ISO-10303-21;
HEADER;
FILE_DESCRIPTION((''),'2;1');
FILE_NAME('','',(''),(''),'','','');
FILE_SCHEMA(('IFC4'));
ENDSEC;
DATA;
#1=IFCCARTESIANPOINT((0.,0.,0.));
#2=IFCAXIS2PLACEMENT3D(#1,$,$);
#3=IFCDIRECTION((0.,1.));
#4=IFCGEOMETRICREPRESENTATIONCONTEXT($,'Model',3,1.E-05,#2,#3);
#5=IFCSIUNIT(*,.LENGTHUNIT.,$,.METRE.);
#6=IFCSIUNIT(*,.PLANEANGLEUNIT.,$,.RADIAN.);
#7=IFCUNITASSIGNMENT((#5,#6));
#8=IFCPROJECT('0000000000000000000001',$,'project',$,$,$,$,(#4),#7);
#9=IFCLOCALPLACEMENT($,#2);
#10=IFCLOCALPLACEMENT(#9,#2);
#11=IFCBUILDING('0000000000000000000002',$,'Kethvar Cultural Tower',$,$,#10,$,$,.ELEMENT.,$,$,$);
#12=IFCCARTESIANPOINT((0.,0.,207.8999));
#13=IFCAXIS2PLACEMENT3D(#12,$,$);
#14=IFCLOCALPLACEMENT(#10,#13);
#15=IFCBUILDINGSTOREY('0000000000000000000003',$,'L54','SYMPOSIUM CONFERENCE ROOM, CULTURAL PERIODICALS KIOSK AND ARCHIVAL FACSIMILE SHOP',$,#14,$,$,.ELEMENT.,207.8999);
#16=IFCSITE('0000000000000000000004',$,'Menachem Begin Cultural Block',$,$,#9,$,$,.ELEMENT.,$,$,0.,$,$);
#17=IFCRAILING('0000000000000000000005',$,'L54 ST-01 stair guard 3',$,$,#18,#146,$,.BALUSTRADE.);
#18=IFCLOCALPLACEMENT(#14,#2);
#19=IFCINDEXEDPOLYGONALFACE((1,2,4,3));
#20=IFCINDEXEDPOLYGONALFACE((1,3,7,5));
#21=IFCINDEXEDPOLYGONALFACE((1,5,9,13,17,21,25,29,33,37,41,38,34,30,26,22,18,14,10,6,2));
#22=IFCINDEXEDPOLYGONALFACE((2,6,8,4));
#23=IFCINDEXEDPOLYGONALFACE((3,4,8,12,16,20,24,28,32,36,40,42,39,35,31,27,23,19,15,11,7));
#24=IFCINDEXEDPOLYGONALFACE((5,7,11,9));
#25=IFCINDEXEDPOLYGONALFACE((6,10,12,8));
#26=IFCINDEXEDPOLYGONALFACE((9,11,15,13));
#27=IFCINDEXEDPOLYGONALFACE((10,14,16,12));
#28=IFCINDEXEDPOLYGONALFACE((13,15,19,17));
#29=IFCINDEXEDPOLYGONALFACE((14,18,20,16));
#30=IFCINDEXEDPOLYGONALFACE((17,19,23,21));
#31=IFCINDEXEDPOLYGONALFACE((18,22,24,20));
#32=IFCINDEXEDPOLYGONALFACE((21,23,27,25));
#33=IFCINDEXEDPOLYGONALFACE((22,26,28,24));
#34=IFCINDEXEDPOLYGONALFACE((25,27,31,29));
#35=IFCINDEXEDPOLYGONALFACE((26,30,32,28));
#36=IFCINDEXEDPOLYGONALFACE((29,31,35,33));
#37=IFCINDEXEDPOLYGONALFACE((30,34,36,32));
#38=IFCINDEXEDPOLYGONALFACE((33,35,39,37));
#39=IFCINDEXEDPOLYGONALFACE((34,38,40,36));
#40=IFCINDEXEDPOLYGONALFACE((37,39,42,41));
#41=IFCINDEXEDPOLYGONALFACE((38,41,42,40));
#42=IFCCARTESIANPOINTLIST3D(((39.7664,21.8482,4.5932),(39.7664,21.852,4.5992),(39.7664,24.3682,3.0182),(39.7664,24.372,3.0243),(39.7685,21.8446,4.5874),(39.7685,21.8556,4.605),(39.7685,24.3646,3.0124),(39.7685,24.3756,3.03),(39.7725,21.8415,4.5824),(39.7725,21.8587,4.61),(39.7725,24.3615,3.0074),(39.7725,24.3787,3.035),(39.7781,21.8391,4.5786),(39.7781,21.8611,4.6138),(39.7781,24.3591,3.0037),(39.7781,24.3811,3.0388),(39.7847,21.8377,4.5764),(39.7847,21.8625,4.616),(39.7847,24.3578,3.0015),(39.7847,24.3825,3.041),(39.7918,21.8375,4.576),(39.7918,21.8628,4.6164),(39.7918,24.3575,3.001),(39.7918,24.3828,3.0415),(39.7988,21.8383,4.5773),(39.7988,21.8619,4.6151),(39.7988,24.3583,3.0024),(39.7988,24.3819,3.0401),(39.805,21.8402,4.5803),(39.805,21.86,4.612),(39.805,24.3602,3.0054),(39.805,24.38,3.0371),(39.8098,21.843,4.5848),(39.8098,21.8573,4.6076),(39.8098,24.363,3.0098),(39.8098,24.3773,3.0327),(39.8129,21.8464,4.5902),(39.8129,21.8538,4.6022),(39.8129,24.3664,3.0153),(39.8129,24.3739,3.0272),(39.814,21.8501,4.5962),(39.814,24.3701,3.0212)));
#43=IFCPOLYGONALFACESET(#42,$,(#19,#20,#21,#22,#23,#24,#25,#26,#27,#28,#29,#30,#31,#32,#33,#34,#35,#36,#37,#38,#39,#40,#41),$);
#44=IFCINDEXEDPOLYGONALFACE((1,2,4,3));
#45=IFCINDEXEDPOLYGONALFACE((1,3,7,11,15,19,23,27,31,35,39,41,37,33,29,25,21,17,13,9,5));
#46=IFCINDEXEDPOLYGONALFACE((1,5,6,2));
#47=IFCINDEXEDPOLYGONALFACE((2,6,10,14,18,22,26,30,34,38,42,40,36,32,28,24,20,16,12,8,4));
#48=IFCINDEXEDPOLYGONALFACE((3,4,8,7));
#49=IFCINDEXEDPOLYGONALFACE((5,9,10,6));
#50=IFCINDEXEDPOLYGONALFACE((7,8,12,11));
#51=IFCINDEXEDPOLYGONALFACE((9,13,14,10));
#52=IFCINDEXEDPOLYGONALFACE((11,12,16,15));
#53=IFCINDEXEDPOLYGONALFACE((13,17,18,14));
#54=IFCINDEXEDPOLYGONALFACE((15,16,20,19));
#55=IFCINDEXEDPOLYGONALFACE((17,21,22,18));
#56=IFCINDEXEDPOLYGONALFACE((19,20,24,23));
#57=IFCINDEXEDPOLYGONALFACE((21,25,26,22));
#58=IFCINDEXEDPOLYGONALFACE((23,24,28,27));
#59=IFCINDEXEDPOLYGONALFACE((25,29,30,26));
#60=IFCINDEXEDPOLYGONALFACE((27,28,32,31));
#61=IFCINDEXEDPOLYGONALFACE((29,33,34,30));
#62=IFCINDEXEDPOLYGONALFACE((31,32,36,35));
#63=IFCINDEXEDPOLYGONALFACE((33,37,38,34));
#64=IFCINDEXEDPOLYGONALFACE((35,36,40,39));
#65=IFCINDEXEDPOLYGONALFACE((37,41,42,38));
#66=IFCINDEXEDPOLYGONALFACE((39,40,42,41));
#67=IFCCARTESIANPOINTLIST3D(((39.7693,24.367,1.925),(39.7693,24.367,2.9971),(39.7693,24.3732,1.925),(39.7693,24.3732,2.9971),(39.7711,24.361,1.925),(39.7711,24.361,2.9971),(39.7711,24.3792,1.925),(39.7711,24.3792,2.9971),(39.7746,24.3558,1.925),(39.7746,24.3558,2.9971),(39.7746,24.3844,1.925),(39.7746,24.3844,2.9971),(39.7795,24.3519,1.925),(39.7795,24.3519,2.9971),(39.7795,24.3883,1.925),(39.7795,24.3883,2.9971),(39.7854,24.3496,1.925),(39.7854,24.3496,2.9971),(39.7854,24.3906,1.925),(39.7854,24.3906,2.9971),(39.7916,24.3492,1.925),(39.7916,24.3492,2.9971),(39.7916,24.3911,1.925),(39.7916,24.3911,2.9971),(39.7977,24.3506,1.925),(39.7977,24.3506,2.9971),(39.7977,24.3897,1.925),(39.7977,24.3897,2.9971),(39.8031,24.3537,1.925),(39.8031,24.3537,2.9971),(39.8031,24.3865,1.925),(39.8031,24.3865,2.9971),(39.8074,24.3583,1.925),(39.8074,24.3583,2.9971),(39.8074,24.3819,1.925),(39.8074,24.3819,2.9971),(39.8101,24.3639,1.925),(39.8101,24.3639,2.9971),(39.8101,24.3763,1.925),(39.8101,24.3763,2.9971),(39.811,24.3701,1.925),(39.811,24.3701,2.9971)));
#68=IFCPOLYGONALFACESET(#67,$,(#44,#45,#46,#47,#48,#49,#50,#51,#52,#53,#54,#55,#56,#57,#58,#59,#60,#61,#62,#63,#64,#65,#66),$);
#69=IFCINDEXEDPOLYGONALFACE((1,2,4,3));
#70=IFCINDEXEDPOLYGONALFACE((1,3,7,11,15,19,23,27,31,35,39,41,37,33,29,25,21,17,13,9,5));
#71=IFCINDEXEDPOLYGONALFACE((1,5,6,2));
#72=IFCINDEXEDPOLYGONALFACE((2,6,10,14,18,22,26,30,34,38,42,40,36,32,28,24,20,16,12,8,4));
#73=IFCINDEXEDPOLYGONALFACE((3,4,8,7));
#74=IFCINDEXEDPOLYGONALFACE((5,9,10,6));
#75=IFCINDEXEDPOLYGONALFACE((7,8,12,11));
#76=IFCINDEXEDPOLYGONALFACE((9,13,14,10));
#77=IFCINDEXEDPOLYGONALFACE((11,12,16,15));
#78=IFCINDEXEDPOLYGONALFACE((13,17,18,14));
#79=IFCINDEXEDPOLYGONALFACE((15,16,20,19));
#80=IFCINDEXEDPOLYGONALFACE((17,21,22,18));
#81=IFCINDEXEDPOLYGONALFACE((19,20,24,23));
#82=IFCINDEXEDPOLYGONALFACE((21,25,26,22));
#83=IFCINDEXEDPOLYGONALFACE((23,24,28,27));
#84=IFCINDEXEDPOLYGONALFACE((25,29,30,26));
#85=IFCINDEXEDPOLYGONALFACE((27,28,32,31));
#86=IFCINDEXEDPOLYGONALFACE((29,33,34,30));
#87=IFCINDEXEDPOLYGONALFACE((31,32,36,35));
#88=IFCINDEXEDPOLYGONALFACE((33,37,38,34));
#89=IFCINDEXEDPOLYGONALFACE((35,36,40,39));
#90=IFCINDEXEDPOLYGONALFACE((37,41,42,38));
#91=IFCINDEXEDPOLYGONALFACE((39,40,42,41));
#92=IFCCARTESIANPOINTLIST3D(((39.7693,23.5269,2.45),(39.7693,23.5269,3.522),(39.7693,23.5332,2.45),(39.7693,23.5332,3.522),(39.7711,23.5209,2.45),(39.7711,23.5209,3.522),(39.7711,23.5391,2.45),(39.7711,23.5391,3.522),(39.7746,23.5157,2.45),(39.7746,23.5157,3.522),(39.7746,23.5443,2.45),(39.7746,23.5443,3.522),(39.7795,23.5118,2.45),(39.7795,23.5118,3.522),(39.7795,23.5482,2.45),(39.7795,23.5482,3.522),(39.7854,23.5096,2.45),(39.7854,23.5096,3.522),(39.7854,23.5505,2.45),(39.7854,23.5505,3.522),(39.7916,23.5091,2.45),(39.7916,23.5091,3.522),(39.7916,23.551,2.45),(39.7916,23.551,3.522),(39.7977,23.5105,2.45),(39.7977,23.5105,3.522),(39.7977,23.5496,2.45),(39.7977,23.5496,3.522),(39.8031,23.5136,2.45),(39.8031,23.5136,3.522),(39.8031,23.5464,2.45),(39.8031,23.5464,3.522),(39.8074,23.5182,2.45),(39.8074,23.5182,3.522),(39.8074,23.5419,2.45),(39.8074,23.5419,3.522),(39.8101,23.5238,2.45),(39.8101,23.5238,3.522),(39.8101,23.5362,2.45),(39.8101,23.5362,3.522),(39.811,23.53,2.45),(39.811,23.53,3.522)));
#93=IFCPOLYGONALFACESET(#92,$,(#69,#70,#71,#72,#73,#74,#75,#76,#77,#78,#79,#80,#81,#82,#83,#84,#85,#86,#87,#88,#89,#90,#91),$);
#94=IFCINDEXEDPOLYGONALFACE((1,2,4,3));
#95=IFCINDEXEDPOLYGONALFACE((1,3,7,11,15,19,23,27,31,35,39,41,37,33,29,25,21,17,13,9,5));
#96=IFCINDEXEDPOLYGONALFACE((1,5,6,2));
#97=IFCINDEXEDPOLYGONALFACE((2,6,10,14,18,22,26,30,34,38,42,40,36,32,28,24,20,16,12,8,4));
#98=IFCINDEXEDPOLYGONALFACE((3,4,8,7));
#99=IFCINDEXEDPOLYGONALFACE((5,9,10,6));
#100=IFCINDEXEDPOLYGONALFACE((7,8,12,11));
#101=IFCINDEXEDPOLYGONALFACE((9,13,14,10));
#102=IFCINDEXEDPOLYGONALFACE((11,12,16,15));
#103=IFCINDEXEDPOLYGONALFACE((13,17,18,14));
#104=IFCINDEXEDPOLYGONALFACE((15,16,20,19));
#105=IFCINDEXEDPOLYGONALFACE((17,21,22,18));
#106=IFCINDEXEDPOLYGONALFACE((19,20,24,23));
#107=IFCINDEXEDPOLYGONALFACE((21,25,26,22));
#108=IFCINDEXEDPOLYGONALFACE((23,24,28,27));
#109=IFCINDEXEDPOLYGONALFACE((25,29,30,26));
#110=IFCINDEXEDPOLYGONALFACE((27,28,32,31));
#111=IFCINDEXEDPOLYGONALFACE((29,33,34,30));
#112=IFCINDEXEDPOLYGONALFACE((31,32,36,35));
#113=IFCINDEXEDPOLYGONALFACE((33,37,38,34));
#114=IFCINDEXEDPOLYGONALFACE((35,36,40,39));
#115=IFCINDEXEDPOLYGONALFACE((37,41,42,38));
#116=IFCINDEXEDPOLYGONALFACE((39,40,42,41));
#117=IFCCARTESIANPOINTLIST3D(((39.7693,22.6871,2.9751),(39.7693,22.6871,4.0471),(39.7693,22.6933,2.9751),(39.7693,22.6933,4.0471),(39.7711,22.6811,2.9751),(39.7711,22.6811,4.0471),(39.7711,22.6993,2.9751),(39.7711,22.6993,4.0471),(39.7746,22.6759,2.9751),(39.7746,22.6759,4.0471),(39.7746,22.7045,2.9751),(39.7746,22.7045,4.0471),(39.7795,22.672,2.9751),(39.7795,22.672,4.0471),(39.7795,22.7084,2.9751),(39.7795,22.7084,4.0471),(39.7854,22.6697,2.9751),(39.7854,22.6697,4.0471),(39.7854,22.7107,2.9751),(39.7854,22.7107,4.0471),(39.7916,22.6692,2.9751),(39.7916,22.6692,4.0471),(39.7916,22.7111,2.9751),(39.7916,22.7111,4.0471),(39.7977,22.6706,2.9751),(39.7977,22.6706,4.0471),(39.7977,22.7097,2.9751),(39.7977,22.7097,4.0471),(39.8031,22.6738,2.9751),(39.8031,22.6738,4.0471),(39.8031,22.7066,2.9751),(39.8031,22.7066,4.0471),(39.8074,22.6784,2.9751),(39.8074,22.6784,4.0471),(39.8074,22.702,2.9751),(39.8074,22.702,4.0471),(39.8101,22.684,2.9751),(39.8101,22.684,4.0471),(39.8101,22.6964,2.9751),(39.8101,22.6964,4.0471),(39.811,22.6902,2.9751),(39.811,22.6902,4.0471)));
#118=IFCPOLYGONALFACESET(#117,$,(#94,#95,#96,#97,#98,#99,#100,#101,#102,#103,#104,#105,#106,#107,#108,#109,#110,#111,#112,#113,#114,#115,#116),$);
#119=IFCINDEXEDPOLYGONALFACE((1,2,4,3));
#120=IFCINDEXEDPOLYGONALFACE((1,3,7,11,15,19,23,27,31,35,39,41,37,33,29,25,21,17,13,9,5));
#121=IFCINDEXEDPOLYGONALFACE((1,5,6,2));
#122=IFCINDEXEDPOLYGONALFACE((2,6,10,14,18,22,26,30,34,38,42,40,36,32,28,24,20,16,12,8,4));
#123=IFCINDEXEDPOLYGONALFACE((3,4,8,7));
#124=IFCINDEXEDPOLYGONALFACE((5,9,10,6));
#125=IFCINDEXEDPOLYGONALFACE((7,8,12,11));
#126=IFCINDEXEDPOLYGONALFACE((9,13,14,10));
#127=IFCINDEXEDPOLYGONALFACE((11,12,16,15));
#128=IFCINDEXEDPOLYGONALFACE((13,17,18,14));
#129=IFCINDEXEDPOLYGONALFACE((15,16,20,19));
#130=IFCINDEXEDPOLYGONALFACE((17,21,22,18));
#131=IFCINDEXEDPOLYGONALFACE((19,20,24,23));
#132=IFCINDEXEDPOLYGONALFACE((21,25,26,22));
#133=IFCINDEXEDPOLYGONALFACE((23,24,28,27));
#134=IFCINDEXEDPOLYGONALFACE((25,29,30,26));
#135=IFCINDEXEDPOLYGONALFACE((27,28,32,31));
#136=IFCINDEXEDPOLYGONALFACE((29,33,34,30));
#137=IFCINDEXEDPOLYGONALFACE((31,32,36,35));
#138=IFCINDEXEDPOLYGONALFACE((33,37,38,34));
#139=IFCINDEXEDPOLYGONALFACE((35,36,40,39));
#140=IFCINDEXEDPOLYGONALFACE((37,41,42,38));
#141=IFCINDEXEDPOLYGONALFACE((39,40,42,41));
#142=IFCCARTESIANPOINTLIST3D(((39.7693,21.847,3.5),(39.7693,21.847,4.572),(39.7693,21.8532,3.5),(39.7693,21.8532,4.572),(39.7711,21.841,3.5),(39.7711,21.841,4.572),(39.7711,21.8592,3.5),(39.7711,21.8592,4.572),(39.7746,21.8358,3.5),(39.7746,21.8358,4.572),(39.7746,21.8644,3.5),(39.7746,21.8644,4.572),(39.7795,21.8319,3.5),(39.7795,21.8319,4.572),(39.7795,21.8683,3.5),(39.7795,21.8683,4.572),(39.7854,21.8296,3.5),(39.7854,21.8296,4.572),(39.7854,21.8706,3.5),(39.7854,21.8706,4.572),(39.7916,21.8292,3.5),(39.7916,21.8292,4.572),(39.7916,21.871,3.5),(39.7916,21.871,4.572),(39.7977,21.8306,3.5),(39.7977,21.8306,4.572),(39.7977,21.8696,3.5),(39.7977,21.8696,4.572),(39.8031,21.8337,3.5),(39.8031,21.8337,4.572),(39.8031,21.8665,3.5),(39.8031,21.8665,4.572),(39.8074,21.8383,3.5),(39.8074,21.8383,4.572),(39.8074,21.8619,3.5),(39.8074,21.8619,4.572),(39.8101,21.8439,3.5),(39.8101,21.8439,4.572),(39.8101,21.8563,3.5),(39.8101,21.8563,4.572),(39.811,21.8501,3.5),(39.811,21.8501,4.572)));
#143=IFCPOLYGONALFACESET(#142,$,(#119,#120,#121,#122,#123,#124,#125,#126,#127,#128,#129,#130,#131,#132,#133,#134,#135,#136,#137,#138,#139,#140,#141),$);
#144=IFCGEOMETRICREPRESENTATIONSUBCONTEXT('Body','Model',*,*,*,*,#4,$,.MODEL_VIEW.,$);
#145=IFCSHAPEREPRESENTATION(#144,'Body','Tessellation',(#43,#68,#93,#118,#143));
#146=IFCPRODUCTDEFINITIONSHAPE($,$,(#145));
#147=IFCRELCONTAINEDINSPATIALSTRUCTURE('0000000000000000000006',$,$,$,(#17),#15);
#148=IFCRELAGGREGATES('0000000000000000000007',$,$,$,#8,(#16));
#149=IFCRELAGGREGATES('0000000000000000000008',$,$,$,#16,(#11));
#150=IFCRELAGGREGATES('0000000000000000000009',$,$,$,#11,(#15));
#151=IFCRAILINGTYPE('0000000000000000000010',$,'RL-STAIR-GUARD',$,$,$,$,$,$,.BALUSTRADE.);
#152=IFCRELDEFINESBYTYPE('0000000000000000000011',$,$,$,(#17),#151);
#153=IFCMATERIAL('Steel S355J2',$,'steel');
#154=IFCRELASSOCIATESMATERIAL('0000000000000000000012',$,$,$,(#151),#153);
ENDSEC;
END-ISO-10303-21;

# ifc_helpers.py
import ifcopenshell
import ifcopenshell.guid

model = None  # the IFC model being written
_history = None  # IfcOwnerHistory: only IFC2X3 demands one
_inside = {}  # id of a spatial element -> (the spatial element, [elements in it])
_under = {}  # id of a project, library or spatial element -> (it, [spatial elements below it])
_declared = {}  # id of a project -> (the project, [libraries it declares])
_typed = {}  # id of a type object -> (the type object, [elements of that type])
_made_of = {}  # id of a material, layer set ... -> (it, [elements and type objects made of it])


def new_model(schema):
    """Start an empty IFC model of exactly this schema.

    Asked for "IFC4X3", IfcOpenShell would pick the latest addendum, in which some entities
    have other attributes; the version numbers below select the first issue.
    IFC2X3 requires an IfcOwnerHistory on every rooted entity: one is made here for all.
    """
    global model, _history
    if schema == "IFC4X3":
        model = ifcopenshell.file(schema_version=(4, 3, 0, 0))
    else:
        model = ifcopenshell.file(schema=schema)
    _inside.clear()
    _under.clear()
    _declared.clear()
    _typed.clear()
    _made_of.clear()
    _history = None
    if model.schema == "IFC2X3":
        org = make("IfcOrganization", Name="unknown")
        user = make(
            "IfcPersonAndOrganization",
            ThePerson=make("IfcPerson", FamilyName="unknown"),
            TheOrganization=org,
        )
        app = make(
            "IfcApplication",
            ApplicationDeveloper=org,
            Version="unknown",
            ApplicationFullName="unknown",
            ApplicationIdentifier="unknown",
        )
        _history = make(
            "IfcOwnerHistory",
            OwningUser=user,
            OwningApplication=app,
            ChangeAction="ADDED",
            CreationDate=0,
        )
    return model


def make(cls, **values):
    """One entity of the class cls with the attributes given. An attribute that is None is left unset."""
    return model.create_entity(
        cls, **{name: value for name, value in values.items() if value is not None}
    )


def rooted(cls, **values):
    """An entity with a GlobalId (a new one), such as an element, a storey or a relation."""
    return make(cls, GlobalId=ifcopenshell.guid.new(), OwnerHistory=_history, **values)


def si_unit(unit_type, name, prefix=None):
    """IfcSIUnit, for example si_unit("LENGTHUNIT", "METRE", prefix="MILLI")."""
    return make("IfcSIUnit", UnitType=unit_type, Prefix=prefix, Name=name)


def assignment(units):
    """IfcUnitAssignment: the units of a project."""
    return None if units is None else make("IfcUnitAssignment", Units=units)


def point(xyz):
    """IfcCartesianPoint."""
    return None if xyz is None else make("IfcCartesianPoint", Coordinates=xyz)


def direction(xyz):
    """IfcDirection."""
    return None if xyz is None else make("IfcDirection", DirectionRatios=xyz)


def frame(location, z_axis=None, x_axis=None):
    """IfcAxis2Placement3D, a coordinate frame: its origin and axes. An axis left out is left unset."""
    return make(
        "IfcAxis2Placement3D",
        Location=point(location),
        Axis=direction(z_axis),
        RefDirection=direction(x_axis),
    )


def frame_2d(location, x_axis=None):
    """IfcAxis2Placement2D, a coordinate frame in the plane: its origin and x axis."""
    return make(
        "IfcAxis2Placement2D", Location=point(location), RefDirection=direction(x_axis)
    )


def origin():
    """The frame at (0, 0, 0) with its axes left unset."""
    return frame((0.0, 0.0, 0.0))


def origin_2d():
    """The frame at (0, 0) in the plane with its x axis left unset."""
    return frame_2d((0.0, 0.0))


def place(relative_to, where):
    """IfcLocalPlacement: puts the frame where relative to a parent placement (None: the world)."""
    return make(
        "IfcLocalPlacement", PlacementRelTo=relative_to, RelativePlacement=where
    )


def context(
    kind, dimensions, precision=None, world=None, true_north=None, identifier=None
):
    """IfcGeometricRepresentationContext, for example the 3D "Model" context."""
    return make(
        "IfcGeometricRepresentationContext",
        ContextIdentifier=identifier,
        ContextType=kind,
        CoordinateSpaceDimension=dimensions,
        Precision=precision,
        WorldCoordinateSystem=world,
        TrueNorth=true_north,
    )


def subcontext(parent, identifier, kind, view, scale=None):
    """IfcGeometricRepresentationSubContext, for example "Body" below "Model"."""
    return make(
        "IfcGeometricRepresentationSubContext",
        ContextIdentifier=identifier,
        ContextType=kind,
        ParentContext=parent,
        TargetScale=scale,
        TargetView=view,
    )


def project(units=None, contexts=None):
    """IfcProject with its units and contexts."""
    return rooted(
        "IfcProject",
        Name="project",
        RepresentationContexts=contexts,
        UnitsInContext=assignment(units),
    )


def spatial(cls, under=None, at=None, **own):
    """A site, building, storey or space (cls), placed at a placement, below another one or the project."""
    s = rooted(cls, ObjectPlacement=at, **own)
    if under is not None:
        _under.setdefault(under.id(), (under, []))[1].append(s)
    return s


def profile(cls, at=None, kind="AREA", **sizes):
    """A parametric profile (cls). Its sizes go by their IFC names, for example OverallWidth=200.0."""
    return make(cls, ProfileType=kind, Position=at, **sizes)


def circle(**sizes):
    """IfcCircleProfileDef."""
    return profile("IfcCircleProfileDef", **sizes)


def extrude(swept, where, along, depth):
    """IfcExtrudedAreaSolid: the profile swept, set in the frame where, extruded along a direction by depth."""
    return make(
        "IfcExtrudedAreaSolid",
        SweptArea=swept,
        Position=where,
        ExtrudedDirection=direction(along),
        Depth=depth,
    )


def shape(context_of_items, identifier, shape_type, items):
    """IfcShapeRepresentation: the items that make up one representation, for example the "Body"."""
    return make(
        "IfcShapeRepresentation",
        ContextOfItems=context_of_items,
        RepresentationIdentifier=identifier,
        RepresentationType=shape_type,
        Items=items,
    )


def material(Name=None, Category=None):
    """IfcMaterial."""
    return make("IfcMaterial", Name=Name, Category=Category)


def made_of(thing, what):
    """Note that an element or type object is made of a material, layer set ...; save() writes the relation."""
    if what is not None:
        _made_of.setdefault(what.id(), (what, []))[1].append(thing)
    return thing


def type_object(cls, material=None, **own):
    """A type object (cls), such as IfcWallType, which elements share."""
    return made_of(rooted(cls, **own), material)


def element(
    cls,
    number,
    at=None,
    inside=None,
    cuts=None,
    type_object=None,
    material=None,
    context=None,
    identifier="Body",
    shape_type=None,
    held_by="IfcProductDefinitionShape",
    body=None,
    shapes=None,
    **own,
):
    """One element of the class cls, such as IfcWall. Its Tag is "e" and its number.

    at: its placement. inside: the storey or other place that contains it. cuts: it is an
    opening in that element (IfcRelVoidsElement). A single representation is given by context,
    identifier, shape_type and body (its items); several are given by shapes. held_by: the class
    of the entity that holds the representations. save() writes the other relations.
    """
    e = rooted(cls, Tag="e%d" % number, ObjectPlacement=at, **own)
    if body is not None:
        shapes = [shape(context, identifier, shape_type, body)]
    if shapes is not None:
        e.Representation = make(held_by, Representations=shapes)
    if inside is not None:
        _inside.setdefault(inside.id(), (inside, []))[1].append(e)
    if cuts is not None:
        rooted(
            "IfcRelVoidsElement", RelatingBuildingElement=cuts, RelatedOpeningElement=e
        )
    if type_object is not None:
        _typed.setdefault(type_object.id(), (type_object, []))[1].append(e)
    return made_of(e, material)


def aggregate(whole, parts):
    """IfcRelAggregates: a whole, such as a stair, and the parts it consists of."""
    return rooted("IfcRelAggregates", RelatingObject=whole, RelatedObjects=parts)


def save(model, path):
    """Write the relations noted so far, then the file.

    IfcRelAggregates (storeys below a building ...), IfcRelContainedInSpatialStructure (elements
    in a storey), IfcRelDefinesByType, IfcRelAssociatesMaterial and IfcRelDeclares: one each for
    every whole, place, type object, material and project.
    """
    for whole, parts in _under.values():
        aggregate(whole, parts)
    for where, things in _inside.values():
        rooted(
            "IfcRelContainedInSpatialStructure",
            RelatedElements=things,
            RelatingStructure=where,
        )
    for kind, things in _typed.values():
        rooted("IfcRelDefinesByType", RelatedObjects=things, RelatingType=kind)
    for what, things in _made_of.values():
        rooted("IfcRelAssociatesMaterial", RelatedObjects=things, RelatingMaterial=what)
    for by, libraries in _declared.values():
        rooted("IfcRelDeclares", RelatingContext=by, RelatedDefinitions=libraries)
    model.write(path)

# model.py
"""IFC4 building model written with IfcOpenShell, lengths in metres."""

from ifc_helpers import new_model, si_unit, direction, frame, origin, origin_2d, place, context, subcontext, project, spatial, circle, extrude, material, type_object, element, save


model = new_model("IFC4")

# Units and contexts
model_context = context("Model", 3, precision=1e-05, world=origin(), true_north=direction((0.0, 1.0)))
body_context = subcontext(model_context, "Body", "Model", "MODEL_VIEW")
ifc_project = project(units=[si_unit("LENGTHUNIT", "METRE"), si_unit("PLANEANGLEUNIT", "RADIAN")], contexts=[model_context])

# Site, building, storey
site_placement = place(None, origin())
site = spatial("IfcSite", under=ifc_project, at=site_placement, Name="Menachem Begin Cultural Block", CompositionType="ELEMENT", RefElevation=0.0)
building_placement = place(site_placement, origin())
building = spatial("IfcBuilding", under=site, at=building_placement, Name="Kethvar Cultural Tower", CompositionType="ELEMENT")
storey_placement = place(building_placement, frame((0.0, 0.0, 207.8999)))
storey = spatial("IfcBuildingStorey", under=building, at=storey_placement, Name="L54", Description="SYMPOSIUM CONFERENCE ROOM, CULTURAL PERIODICALS KIOSK AND ARCHIVAL FACSIMILE SHOP", CompositionType="ELEMENT", Elevation=207.8999)

# Shared definitions
ifc_material_1 = material(Name="Steel S355J2", Category="steel")

# Railing
railing_type_1 = type_object("IfcRailingType", Name="RL-STAIR-GUARD", PredefinedType="BALUSTRADE", material=ifc_material_1)
railing_1_placement = place(storey_placement, frame((39.79, 24.3701, 1.925)))
element("IfcRailing", 1, at=railing_1_placement, inside=storey, type_object=railing_type_1, Name="L54 ST-01 stair guard 3", PredefinedType="BALUSTRADE", context=body_context, shape_type="SweptSolid", body=[
    extrude(circle(Radius=0.0239, at=origin_2d()), frame((0.0, 0.0, 1.0962), z_axis=(0.0, -0.848008, 0.529984), x_axis=(1.0, 0.0, 0.0)), (0.0, 0.0, 1.0), 2.9717),
    extrude(circle(Radius=0.021, at=origin_2d()), origin(), (0.0, 0.0, 1.0), 1.072),
    extrude(circle(Radius=0.021, at=origin_2d()), frame((0.0, -0.8401, 0.5249)), (0.0, 0.0, 1.0), 1.072),
    extrude(circle(Radius=0.021, at=origin_2d()), frame((0.0, -1.6799, 1.05)), (0.0, 0.0, 1.0), 1.072),
    extrude(circle(Radius=0.021, at=origin_2d()), frame((0.0, -2.52, 1.575)), (0.0, 0.0, 1.0), 1.072),
])

save(model, "model.ifc")
